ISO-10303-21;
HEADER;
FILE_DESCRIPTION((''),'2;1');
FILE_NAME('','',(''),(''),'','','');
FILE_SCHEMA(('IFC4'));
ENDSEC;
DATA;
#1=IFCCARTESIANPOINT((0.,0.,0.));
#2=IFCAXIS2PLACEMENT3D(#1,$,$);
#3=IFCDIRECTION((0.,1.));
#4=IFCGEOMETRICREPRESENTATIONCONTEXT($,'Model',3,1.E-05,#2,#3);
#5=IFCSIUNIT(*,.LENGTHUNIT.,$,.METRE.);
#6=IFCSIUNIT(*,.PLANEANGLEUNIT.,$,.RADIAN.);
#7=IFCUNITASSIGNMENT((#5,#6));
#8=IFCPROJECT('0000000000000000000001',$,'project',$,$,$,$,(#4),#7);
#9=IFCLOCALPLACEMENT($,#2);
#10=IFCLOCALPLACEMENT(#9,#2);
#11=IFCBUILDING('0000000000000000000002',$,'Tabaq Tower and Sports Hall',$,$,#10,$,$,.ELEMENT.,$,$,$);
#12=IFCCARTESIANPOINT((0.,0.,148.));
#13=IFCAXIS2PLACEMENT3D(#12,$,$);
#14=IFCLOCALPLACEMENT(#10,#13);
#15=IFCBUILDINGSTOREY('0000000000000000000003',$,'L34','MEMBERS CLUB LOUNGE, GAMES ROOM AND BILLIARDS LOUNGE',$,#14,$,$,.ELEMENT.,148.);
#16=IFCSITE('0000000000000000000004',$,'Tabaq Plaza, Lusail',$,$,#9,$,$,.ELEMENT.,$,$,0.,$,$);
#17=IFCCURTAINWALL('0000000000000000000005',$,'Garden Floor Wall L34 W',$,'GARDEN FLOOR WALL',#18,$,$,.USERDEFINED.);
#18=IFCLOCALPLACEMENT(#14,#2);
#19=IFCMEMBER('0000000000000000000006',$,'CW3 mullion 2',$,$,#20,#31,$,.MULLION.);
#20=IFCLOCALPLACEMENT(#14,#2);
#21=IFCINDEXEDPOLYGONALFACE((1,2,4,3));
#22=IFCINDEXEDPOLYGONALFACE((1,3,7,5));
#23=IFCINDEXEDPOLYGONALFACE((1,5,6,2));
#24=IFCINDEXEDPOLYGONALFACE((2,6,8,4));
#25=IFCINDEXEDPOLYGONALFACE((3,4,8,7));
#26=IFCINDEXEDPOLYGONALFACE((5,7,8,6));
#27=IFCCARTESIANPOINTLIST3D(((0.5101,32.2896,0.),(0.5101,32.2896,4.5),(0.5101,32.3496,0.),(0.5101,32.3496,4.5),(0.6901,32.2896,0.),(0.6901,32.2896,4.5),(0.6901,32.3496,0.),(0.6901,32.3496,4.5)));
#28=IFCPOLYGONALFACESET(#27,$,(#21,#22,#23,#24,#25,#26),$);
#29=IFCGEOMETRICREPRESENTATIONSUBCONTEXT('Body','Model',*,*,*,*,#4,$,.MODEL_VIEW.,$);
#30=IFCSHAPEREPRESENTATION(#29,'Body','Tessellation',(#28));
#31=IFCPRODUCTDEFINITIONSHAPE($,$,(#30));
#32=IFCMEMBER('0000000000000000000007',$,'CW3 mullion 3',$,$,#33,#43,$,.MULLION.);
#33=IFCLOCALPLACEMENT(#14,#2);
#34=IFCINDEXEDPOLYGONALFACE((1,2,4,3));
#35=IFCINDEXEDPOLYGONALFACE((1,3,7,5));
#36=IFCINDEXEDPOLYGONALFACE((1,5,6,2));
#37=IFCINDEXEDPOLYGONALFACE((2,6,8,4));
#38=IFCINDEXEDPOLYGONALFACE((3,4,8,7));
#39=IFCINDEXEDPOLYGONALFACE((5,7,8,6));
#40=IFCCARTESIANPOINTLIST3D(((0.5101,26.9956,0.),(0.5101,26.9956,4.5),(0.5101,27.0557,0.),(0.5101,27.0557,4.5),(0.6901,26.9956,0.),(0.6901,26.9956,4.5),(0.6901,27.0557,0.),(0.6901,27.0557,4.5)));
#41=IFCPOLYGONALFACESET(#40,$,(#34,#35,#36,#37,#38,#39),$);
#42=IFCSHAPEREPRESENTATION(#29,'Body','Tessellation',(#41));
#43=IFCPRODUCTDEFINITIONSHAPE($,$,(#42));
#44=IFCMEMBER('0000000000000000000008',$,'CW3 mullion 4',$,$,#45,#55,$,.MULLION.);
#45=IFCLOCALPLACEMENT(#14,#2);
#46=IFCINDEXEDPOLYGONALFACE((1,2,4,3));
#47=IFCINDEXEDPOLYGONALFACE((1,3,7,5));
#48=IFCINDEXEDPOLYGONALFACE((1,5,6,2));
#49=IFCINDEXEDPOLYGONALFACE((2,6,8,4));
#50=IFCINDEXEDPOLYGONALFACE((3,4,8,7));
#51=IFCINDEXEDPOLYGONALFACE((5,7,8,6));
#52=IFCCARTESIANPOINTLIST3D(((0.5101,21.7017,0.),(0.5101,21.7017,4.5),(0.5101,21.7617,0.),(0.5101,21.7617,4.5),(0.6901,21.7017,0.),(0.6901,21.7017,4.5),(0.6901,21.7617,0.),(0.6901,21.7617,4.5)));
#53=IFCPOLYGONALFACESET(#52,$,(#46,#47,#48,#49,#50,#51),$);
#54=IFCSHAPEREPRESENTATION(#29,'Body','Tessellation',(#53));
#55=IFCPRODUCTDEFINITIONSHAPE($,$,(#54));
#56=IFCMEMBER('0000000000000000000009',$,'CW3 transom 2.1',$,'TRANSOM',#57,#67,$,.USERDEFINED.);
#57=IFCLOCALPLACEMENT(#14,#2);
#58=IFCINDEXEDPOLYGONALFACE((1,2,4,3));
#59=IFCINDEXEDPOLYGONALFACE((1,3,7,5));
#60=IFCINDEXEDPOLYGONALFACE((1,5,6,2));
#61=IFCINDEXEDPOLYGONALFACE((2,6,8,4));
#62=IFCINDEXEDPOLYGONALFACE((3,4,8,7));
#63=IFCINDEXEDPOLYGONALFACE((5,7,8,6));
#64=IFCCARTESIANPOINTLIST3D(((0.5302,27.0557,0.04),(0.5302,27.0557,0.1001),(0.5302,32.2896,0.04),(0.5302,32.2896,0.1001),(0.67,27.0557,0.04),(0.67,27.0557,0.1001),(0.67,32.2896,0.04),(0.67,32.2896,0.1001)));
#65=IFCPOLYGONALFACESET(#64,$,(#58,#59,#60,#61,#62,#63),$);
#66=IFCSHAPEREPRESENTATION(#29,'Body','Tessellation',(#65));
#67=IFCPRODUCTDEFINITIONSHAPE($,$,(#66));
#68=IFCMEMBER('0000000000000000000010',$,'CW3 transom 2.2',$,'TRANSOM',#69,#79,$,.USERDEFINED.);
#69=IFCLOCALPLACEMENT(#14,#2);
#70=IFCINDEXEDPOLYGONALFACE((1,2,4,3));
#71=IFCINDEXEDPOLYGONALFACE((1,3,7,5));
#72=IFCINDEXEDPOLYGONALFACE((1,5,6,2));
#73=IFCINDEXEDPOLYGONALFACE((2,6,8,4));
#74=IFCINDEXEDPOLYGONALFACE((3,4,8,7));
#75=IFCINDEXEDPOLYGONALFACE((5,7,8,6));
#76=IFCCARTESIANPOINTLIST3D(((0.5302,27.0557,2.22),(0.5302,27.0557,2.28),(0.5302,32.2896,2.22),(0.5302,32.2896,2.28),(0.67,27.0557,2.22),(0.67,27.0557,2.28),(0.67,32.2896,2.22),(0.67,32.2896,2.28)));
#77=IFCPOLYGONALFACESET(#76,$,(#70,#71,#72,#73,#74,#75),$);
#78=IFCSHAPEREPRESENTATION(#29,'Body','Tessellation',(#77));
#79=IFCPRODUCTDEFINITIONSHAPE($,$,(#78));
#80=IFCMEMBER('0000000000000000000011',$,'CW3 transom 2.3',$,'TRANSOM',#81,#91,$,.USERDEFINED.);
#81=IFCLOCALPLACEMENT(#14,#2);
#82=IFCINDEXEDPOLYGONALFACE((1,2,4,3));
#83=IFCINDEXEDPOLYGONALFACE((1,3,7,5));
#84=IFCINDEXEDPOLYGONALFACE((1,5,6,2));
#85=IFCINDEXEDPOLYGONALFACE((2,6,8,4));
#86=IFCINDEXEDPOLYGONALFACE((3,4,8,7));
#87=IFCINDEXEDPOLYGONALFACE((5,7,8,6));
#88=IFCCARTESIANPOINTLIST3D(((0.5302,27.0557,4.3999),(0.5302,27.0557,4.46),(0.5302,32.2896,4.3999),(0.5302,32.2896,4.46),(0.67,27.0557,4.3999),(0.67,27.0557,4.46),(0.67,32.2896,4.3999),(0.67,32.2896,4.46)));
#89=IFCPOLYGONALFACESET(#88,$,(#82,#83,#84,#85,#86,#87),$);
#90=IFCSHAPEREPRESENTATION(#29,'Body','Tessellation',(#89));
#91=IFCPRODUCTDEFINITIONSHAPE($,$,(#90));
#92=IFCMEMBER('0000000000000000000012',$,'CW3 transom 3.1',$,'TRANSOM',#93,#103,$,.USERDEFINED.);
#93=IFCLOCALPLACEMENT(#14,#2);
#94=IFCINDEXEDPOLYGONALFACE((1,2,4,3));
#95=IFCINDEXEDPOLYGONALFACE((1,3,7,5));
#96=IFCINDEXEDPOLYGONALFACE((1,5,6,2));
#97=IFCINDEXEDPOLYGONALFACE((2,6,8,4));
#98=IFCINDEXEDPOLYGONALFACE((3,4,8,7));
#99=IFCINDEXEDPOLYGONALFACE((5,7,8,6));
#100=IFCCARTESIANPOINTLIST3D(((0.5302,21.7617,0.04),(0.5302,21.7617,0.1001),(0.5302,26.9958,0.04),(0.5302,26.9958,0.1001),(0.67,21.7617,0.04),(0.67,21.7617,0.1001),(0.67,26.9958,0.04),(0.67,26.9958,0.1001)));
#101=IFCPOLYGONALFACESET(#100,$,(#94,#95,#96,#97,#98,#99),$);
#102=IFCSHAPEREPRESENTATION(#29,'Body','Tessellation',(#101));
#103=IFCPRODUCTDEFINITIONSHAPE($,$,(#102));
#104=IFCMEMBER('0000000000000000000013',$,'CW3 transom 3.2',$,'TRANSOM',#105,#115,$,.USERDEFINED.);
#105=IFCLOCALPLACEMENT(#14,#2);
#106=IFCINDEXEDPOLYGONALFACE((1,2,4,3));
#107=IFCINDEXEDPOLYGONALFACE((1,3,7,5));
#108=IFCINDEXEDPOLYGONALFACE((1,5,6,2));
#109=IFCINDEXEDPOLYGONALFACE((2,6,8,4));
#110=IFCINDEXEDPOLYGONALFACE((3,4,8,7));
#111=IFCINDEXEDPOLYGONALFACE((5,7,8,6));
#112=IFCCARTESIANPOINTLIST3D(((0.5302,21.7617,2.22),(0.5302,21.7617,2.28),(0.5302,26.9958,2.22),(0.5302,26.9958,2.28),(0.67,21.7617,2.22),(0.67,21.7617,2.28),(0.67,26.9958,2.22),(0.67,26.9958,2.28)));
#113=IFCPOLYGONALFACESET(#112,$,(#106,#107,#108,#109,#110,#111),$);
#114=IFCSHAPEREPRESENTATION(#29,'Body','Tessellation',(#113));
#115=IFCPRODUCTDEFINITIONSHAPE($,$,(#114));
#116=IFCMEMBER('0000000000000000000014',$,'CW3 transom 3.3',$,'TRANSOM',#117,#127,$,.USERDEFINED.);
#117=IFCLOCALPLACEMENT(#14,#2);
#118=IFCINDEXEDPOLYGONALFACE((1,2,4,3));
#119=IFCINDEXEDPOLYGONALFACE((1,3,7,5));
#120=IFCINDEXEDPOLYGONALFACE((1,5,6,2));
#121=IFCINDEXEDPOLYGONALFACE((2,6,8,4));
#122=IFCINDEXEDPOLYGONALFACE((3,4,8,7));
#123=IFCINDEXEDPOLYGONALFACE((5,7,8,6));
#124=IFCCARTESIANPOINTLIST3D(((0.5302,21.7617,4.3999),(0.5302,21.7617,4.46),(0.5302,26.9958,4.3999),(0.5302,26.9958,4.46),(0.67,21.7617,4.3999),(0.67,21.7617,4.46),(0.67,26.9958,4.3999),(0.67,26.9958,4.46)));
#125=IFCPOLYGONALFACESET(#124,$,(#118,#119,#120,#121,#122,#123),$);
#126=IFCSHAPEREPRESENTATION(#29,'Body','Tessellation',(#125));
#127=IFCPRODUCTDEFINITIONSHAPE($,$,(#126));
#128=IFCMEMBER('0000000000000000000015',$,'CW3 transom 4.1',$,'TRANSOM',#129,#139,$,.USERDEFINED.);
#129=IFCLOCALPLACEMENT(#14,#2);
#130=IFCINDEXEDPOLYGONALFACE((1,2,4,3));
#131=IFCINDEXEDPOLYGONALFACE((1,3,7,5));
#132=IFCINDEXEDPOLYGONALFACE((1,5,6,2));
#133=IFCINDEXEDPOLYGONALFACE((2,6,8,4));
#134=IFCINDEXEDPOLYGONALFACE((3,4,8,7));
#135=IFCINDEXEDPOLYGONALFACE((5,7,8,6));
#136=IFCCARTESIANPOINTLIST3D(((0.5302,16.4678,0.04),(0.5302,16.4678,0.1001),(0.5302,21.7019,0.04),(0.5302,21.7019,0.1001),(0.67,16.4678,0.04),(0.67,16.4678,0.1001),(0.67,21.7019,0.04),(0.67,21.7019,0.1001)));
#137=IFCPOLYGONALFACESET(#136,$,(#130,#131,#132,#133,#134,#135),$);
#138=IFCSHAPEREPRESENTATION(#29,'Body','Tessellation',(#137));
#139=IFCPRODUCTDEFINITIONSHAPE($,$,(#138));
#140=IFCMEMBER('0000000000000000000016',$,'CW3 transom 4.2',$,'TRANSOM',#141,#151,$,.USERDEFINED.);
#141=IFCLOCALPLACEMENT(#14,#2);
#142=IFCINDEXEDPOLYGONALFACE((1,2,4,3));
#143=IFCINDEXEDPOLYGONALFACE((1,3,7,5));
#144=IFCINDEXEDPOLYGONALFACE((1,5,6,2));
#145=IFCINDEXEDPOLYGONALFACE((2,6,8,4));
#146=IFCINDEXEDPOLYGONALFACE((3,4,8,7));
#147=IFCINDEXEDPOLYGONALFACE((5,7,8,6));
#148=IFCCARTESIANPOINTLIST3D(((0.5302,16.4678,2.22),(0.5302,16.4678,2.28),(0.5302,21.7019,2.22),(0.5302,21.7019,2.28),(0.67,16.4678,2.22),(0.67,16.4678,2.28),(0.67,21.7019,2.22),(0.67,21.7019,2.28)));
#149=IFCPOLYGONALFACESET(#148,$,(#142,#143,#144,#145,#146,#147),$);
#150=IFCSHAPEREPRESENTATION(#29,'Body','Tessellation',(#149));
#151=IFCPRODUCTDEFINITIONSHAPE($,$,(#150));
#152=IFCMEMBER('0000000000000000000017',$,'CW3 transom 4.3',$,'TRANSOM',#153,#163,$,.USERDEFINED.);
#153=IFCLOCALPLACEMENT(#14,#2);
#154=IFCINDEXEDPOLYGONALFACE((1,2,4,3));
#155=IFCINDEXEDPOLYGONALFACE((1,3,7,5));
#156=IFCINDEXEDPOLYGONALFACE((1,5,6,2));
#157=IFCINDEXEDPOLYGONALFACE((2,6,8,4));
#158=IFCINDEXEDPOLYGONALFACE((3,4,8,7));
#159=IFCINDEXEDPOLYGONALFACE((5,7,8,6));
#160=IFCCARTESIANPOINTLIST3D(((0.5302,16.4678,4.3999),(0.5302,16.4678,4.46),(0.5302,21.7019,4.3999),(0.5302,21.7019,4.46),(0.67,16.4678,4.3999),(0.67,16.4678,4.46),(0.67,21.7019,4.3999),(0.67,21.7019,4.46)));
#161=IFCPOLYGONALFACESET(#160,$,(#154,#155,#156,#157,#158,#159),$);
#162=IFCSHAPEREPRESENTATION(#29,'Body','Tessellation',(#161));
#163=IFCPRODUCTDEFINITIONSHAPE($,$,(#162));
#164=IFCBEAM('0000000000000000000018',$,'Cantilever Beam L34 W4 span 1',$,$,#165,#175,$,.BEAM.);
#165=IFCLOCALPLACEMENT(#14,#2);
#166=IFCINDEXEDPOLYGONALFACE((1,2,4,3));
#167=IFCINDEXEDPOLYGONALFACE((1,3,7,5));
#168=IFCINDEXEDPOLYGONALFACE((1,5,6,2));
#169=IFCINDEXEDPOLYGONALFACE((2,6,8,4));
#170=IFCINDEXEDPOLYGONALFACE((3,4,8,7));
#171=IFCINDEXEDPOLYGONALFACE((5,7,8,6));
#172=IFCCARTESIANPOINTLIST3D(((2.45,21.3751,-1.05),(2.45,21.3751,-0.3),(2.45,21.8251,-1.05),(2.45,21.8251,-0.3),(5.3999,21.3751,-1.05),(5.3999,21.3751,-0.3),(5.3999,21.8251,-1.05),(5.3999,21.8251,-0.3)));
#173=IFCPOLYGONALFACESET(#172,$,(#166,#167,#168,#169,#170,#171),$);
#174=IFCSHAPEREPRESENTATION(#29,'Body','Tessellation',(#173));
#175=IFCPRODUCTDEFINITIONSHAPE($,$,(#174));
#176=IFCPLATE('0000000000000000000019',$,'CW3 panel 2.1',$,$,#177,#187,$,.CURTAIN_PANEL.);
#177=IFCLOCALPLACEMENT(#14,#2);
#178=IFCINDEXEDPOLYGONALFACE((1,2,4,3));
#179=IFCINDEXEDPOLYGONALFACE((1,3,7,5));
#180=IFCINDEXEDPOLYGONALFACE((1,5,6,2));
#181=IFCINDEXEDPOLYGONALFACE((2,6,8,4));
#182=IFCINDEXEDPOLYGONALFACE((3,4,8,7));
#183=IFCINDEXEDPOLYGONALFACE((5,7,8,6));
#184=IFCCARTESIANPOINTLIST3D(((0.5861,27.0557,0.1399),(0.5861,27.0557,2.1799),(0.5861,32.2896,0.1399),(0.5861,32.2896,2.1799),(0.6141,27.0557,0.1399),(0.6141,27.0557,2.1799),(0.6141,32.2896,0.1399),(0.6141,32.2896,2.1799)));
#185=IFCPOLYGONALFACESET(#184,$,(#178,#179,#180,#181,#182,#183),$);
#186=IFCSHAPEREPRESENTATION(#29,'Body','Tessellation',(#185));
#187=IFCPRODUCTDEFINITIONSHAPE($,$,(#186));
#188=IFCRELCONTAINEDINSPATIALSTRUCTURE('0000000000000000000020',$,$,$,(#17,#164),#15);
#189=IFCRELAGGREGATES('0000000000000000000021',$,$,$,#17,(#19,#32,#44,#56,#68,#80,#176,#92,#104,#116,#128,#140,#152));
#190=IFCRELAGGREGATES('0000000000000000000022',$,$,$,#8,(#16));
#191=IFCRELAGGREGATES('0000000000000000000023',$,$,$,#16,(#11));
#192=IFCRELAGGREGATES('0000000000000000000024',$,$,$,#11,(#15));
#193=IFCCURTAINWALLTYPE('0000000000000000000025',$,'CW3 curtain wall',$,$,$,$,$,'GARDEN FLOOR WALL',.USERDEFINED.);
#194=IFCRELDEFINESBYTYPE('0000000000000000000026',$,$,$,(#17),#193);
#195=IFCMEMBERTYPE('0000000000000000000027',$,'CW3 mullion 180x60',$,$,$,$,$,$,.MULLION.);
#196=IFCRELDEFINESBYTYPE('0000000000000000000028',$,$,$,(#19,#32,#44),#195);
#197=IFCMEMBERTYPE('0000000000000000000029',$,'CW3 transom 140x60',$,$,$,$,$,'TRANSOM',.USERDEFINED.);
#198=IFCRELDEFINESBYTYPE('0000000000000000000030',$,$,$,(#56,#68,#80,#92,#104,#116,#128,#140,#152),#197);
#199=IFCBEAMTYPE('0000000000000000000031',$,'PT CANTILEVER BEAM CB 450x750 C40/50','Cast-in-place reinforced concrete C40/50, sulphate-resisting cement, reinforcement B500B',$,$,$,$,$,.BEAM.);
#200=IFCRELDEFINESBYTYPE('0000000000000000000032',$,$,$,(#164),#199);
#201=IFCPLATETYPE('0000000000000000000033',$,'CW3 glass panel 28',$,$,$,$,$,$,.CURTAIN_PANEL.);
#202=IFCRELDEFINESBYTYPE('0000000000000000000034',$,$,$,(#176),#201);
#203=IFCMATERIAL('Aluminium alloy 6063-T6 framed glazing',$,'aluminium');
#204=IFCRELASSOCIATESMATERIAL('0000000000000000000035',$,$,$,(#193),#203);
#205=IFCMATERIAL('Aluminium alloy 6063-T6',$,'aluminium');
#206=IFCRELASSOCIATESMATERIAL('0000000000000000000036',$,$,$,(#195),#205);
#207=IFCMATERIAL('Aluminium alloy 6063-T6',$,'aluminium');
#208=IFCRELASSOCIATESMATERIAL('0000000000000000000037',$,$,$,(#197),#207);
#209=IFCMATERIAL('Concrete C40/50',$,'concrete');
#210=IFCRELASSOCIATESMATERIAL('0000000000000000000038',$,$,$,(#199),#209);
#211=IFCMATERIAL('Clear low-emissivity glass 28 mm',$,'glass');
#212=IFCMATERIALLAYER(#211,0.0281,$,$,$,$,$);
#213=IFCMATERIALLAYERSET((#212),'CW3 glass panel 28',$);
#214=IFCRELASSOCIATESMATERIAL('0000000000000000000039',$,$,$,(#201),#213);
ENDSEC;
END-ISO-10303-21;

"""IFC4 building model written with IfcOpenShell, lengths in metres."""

from ifc_helpers import new_model, si_unit, direction, frame, origin, origin_2d, place, context, subcontext, project, spatial, rectangle, extrude, material, layer, layer_set, material_profile, profile_set, type_object, element, aggregate, save


model = new_model("IFC4")

# Units and contexts
model_context = context("Model", 3, precision=1e-05, world=origin(), true_north=direction((0.0, 1.0)))
body_context = subcontext(model_context, "Body", "Model", "MODEL_VIEW")
ifc_project = project(units=[si_unit("LENGTHUNIT", "METRE"), si_unit("PLANEANGLEUNIT", "RADIAN")], contexts=[model_context])

# Site, building, storey
site_placement = place(None, origin())
site = spatial("IfcSite", under=ifc_project, at=site_placement, Name="Tabaq Plaza, Lusail", CompositionType="ELEMENT", RefElevation=0.0)
building_placement = place(site_placement, origin())
building = spatial("IfcBuilding", under=site, at=building_placement, Name="Tabaq Tower and Sports Hall", CompositionType="ELEMENT")
storey_placement = place(building_placement, frame((0.0, 0.0, 148.0)))
storey = spatial("IfcBuildingStorey", under=building, at=storey_placement, Name="L34", Description="MEMBERS CLUB LOUNGE, GAMES ROOM AND BILLIARDS LOUNGE", CompositionType="ELEMENT", Elevation=148.0)

# Curtain wall, members
ifc_material_1 = material(Name="Aluminium alloy 6063-T6 framed glazing", Category="aluminium")
curtain_wall_type = type_object("IfcCurtainWallType", Name="CW3 curtain wall", ElementType="GARDEN FLOOR WALL", PredefinedType="USERDEFINED", material=ifc_material_1)
curtain_wall_placement = place(storey_placement, origin())
curtain_wall = element("IfcCurtainWall", 1, at=curtain_wall_placement, inside=storey, type_object=curtain_wall_type, Name="Garden Floor Wall L34 W", ObjectType="GARDEN FLOOR WALL", PredefinedType="USERDEFINED")
ifc_material_2 = material(Name="Aluminium alloy 6063-T6", Category="aluminium")
ifc_material_profile_1 = material_profile(ifc_material_2, rectangle(XDim=0.1799, YDim=0.0601, at=origin_2d()), Name="MULLION 180x60")
ifc_profile_set_1 = profile_set([ifc_material_profile_1], Name="Aluminium alloy 6063-T6")
member_type_1 = type_object("IfcMemberType", Name="CW3 mullion 180x60", PredefinedType="MULLION", material=ifc_profile_set_1)
member_1_placement = place(storey_placement, frame((0.6001, 32.3196, 0.0), z_axis=(0.0, 0.0, 1.0), x_axis=(1.0, 0.0, 0.0)))
member_1 = element("IfcMember", 2, at=member_1_placement, type_object=member_type_1, Name="CW3 mullion 2", PredefinedType="MULLION", context=body_context, shape_type="SweptSolid", body=[
    extrude(rectangle(XDim=0.1799, YDim=0.0601, at=origin_2d()), origin(), (0.0, 0.0, 1.0), 4.5),
])
member_2_placement = place(storey_placement, frame((0.6001, 27.0256, 0.0), z_axis=(0.0, 0.0, 1.0), x_axis=(1.0, 0.0, 0.0)))
member_2 = element("IfcMember", 3, at=member_2_placement, type_object=member_type_1, Name="CW3 mullion 3", PredefinedType="MULLION", context=body_context, shape_type="SweptSolid", body=[
    extrude(rectangle(XDim=0.1799, YDim=0.0601, at=origin_2d()), origin(), (0.0, 0.0, 1.0), 4.5),
])
member_3_placement = place(storey_placement, frame((0.6001, 21.7317, 0.0), z_axis=(0.0, 0.0, 1.0), x_axis=(1.0, 0.0, 0.0)))
member_3 = element("IfcMember", 4, at=member_3_placement, type_object=member_type_1, Name="CW3 mullion 4", PredefinedType="MULLION", context=body_context, shape_type="SweptSolid", body=[
    extrude(rectangle(XDim=0.1799, YDim=0.0601, at=origin_2d()), origin(), (0.0, 0.0, 1.0), 4.5),
])
ifc_material_3 = material(Name="Aluminium alloy 6063-T6", Category="aluminium")
ifc_material_profile_2 = material_profile(ifc_material_3, rectangle(XDim=0.1399, YDim=0.0601, at=origin_2d()), Name="TRANSOM 140x60")
ifc_profile_set_2 = profile_set([ifc_material_profile_2], Name="Aluminium alloy 6063-T6")
member_type_2 = type_object("IfcMemberType", Name="CW3 transom 140x60", ElementType="TRANSOM", PredefinedType="USERDEFINED", material=ifc_profile_set_2)
member_4_placement = place(storey_placement, frame((0.6001, 32.2896, 0.0701), z_axis=(0.0, -1.0, 0.0), x_axis=(1.0, 0.0, 0.0)))
member_4 = element("IfcMember", 5, at=member_4_placement, type_object=member_type_2, Name="CW3 transom 2.1", ObjectType="TRANSOM", PredefinedType="USERDEFINED", context=body_context, shape_type="SweptSolid", body=[
    extrude(rectangle(XDim=0.1399, YDim=0.0601, at=origin_2d()), origin(), (0.0, 0.0, 1.0), 5.2339),
])
member_5_placement = place(storey_placement, frame((0.6001, 32.2896, 2.25), z_axis=(0.0, -1.0, 0.0), x_axis=(1.0, 0.0, 0.0)))
member_5 = element("IfcMember", 6, at=member_5_placement, type_object=member_type_2, Name="CW3 transom 2.2", ObjectType="TRANSOM", PredefinedType="USERDEFINED", context=body_context, shape_type="SweptSolid", body=[
    extrude(rectangle(XDim=0.1399, YDim=0.0601, at=origin_2d()), origin(), (0.0, 0.0, 1.0), 5.2339),
])
member_6_placement = place(storey_placement, frame((0.6001, 32.2896, 4.4299), z_axis=(0.0, -1.0, 0.0), x_axis=(1.0, 0.0, 0.0)))
member_6 = element("IfcMember", 7, at=member_6_placement, type_object=member_type_2, Name="CW3 transom 2.3", ObjectType="TRANSOM", PredefinedType="USERDEFINED", context=body_context, shape_type="SweptSolid", body=[
    extrude(rectangle(XDim=0.1399, YDim=0.0601, at=origin_2d()), origin(), (0.0, 0.0, 1.0), 5.2339),
])
member_7_placement = place(storey_placement, frame((0.6001, 26.9958, 0.0701), z_axis=(0.0, -1.0, 0.0), x_axis=(1.0, 0.0, 0.0)))
member_7 = element("IfcMember", 8, at=member_7_placement, type_object=member_type_2, Name="CW3 transom 3.1", ObjectType="TRANSOM", PredefinedType="USERDEFINED", context=body_context, shape_type="SweptSolid", body=[
    extrude(rectangle(XDim=0.1399, YDim=0.0601, at=origin_2d()), origin(), (0.0, 0.0, 1.0), 5.2341),
])
member_8_placement = place(storey_placement, frame((0.6001, 26.9958, 2.25), z_axis=(0.0, -1.0, 0.0), x_axis=(1.0, 0.0, 0.0)))
member_8 = element("IfcMember", 9, at=member_8_placement, type_object=member_type_2, Name="CW3 transom 3.2", ObjectType="TRANSOM", PredefinedType="USERDEFINED", context=body_context, shape_type="SweptSolid", body=[
    extrude(rectangle(XDim=0.1399, YDim=0.0601, at=origin_2d()), origin(), (0.0, 0.0, 1.0), 5.2341),
])
member_9_placement = place(storey_placement, frame((0.6001, 26.9958, 4.4299), z_axis=(0.0, -1.0, 0.0), x_axis=(1.0, 0.0, 0.0)))
member_9 = element("IfcMember", 10, at=member_9_placement, type_object=member_type_2, Name="CW3 transom 3.3", ObjectType="TRANSOM", PredefinedType="USERDEFINED", context=body_context, shape_type="SweptSolid", body=[
    extrude(rectangle(XDim=0.1399, YDim=0.0601, at=origin_2d()), origin(), (0.0, 0.0, 1.0), 5.2341),
])
member_10_placement = place(storey_placement, frame((0.6001, 21.7019, 0.0701), z_axis=(0.0, -1.0, 0.0), x_axis=(1.0, 0.0, 0.0)))
member_10 = element("IfcMember", 11, at=member_10_placement, type_object=member_type_2, Name="CW3 transom 4.1", ObjectType="TRANSOM", PredefinedType="USERDEFINED", context=body_context, shape_type="SweptSolid", body=[
    extrude(rectangle(XDim=0.1399, YDim=0.0601, at=origin_2d()), origin(), (0.0, 0.0, 1.0), 5.2341),
])
member_11_placement = place(storey_placement, frame((0.6001, 21.7019, 2.25), z_axis=(0.0, -1.0, 0.0), x_axis=(1.0, 0.0, 0.0)))
member_11 = element("IfcMember", 12, at=member_11_placement, type_object=member_type_2, Name="CW3 transom 4.2", ObjectType="TRANSOM", PredefinedType="USERDEFINED", context=body_context, shape_type="SweptSolid", body=[
    extrude(rectangle(XDim=0.1399, YDim=0.0601, at=origin_2d()), origin(), (0.0, 0.0, 1.0), 5.2341),
])
member_12_placement = place(storey_placement, frame((0.6001, 21.7019, 4.4299), z_axis=(0.0, -1.0, 0.0), x_axis=(1.0, 0.0, 0.0)))
member_12 = element("IfcMember", 13, at=member_12_placement, type_object=member_type_2, Name="CW3 transom 4.3", ObjectType="TRANSOM", PredefinedType="USERDEFINED", context=body_context, shape_type="SweptSolid", body=[
    extrude(rectangle(XDim=0.1399, YDim=0.0601, at=origin_2d()), origin(), (0.0, 0.0, 1.0), 5.2341),
])

# Beam
ifc_material_4 = material(Name="Concrete C40/50", Category="concrete")
ifc_material_profile_3 = material_profile(ifc_material_4, rectangle(XDim=0.45, YDim=0.75, at=origin_2d()), Name="CB 450x750")
ifc_profile_set_3 = profile_set([ifc_material_profile_3], Name="Concrete C40/50")
beam_type = type_object("IfcBeamType", Name="PT CANTILEVER BEAM CB 450x750 C40/50", Description="Cast-in-place reinforced concrete C40/50, sulphate-resisting cement, reinforcement B500B", PredefinedType="BEAM", material=ifc_profile_set_3)
beam_placement = place(storey_placement, frame((2.45, 21.6001, -0.675), z_axis=(1.0, 0.0, 0.0), x_axis=(0.0, 1.0, 0.0)))
element("IfcBeam", 14, at=beam_placement, inside=storey, type_object=beam_type, Name="Cantilever Beam L34 W4 span 1", PredefinedType="BEAM", context=body_context, shape_type="SweptSolid", body=[
    extrude(rectangle(XDim=0.45, YDim=0.75, at=origin_2d()), origin(), (0.0, 0.0, 1.0), 2.95),
])

# Plate
ifc_material_5 = material(Name="Clear low-emissivity glass 28 mm", Category="glass")
ifc_layer_1 = layer(ifc_material_5, 0.0281)
ifc_layer_set_1 = layer_set([ifc_layer_1], Name="CW3 glass panel 28")
plate_type_1 = type_object("IfcPlateType", Name="CW3 glass panel 28", PredefinedType="CURTAIN_PANEL", material=ifc_layer_set_1)
plate_1_placement = place(storey_placement, frame((0.6001, 29.6726, 0.1399), z_axis=(0.0, 0.0, 1.0), x_axis=(0.0, -1.0, 0.0)))
plate_1 = element("IfcPlate", 15, at=plate_1_placement, type_object=plate_type_1, Name="CW3 panel 2.1", PredefinedType="CURTAIN_PANEL", context=body_context, shape_type="SweptSolid", body=[
    extrude(rectangle(XDim=5.2339, YDim=0.0281, at=origin_2d()), origin(), (0.0, 0.0, 1.0), 2.04),
])
aggregate(curtain_wall, [member_1, member_2, member_3, member_4, member_5, member_6, plate_1, member_7, member_8, member_9, member_10, member_11, member_12])

save(model, "model.ifc")
